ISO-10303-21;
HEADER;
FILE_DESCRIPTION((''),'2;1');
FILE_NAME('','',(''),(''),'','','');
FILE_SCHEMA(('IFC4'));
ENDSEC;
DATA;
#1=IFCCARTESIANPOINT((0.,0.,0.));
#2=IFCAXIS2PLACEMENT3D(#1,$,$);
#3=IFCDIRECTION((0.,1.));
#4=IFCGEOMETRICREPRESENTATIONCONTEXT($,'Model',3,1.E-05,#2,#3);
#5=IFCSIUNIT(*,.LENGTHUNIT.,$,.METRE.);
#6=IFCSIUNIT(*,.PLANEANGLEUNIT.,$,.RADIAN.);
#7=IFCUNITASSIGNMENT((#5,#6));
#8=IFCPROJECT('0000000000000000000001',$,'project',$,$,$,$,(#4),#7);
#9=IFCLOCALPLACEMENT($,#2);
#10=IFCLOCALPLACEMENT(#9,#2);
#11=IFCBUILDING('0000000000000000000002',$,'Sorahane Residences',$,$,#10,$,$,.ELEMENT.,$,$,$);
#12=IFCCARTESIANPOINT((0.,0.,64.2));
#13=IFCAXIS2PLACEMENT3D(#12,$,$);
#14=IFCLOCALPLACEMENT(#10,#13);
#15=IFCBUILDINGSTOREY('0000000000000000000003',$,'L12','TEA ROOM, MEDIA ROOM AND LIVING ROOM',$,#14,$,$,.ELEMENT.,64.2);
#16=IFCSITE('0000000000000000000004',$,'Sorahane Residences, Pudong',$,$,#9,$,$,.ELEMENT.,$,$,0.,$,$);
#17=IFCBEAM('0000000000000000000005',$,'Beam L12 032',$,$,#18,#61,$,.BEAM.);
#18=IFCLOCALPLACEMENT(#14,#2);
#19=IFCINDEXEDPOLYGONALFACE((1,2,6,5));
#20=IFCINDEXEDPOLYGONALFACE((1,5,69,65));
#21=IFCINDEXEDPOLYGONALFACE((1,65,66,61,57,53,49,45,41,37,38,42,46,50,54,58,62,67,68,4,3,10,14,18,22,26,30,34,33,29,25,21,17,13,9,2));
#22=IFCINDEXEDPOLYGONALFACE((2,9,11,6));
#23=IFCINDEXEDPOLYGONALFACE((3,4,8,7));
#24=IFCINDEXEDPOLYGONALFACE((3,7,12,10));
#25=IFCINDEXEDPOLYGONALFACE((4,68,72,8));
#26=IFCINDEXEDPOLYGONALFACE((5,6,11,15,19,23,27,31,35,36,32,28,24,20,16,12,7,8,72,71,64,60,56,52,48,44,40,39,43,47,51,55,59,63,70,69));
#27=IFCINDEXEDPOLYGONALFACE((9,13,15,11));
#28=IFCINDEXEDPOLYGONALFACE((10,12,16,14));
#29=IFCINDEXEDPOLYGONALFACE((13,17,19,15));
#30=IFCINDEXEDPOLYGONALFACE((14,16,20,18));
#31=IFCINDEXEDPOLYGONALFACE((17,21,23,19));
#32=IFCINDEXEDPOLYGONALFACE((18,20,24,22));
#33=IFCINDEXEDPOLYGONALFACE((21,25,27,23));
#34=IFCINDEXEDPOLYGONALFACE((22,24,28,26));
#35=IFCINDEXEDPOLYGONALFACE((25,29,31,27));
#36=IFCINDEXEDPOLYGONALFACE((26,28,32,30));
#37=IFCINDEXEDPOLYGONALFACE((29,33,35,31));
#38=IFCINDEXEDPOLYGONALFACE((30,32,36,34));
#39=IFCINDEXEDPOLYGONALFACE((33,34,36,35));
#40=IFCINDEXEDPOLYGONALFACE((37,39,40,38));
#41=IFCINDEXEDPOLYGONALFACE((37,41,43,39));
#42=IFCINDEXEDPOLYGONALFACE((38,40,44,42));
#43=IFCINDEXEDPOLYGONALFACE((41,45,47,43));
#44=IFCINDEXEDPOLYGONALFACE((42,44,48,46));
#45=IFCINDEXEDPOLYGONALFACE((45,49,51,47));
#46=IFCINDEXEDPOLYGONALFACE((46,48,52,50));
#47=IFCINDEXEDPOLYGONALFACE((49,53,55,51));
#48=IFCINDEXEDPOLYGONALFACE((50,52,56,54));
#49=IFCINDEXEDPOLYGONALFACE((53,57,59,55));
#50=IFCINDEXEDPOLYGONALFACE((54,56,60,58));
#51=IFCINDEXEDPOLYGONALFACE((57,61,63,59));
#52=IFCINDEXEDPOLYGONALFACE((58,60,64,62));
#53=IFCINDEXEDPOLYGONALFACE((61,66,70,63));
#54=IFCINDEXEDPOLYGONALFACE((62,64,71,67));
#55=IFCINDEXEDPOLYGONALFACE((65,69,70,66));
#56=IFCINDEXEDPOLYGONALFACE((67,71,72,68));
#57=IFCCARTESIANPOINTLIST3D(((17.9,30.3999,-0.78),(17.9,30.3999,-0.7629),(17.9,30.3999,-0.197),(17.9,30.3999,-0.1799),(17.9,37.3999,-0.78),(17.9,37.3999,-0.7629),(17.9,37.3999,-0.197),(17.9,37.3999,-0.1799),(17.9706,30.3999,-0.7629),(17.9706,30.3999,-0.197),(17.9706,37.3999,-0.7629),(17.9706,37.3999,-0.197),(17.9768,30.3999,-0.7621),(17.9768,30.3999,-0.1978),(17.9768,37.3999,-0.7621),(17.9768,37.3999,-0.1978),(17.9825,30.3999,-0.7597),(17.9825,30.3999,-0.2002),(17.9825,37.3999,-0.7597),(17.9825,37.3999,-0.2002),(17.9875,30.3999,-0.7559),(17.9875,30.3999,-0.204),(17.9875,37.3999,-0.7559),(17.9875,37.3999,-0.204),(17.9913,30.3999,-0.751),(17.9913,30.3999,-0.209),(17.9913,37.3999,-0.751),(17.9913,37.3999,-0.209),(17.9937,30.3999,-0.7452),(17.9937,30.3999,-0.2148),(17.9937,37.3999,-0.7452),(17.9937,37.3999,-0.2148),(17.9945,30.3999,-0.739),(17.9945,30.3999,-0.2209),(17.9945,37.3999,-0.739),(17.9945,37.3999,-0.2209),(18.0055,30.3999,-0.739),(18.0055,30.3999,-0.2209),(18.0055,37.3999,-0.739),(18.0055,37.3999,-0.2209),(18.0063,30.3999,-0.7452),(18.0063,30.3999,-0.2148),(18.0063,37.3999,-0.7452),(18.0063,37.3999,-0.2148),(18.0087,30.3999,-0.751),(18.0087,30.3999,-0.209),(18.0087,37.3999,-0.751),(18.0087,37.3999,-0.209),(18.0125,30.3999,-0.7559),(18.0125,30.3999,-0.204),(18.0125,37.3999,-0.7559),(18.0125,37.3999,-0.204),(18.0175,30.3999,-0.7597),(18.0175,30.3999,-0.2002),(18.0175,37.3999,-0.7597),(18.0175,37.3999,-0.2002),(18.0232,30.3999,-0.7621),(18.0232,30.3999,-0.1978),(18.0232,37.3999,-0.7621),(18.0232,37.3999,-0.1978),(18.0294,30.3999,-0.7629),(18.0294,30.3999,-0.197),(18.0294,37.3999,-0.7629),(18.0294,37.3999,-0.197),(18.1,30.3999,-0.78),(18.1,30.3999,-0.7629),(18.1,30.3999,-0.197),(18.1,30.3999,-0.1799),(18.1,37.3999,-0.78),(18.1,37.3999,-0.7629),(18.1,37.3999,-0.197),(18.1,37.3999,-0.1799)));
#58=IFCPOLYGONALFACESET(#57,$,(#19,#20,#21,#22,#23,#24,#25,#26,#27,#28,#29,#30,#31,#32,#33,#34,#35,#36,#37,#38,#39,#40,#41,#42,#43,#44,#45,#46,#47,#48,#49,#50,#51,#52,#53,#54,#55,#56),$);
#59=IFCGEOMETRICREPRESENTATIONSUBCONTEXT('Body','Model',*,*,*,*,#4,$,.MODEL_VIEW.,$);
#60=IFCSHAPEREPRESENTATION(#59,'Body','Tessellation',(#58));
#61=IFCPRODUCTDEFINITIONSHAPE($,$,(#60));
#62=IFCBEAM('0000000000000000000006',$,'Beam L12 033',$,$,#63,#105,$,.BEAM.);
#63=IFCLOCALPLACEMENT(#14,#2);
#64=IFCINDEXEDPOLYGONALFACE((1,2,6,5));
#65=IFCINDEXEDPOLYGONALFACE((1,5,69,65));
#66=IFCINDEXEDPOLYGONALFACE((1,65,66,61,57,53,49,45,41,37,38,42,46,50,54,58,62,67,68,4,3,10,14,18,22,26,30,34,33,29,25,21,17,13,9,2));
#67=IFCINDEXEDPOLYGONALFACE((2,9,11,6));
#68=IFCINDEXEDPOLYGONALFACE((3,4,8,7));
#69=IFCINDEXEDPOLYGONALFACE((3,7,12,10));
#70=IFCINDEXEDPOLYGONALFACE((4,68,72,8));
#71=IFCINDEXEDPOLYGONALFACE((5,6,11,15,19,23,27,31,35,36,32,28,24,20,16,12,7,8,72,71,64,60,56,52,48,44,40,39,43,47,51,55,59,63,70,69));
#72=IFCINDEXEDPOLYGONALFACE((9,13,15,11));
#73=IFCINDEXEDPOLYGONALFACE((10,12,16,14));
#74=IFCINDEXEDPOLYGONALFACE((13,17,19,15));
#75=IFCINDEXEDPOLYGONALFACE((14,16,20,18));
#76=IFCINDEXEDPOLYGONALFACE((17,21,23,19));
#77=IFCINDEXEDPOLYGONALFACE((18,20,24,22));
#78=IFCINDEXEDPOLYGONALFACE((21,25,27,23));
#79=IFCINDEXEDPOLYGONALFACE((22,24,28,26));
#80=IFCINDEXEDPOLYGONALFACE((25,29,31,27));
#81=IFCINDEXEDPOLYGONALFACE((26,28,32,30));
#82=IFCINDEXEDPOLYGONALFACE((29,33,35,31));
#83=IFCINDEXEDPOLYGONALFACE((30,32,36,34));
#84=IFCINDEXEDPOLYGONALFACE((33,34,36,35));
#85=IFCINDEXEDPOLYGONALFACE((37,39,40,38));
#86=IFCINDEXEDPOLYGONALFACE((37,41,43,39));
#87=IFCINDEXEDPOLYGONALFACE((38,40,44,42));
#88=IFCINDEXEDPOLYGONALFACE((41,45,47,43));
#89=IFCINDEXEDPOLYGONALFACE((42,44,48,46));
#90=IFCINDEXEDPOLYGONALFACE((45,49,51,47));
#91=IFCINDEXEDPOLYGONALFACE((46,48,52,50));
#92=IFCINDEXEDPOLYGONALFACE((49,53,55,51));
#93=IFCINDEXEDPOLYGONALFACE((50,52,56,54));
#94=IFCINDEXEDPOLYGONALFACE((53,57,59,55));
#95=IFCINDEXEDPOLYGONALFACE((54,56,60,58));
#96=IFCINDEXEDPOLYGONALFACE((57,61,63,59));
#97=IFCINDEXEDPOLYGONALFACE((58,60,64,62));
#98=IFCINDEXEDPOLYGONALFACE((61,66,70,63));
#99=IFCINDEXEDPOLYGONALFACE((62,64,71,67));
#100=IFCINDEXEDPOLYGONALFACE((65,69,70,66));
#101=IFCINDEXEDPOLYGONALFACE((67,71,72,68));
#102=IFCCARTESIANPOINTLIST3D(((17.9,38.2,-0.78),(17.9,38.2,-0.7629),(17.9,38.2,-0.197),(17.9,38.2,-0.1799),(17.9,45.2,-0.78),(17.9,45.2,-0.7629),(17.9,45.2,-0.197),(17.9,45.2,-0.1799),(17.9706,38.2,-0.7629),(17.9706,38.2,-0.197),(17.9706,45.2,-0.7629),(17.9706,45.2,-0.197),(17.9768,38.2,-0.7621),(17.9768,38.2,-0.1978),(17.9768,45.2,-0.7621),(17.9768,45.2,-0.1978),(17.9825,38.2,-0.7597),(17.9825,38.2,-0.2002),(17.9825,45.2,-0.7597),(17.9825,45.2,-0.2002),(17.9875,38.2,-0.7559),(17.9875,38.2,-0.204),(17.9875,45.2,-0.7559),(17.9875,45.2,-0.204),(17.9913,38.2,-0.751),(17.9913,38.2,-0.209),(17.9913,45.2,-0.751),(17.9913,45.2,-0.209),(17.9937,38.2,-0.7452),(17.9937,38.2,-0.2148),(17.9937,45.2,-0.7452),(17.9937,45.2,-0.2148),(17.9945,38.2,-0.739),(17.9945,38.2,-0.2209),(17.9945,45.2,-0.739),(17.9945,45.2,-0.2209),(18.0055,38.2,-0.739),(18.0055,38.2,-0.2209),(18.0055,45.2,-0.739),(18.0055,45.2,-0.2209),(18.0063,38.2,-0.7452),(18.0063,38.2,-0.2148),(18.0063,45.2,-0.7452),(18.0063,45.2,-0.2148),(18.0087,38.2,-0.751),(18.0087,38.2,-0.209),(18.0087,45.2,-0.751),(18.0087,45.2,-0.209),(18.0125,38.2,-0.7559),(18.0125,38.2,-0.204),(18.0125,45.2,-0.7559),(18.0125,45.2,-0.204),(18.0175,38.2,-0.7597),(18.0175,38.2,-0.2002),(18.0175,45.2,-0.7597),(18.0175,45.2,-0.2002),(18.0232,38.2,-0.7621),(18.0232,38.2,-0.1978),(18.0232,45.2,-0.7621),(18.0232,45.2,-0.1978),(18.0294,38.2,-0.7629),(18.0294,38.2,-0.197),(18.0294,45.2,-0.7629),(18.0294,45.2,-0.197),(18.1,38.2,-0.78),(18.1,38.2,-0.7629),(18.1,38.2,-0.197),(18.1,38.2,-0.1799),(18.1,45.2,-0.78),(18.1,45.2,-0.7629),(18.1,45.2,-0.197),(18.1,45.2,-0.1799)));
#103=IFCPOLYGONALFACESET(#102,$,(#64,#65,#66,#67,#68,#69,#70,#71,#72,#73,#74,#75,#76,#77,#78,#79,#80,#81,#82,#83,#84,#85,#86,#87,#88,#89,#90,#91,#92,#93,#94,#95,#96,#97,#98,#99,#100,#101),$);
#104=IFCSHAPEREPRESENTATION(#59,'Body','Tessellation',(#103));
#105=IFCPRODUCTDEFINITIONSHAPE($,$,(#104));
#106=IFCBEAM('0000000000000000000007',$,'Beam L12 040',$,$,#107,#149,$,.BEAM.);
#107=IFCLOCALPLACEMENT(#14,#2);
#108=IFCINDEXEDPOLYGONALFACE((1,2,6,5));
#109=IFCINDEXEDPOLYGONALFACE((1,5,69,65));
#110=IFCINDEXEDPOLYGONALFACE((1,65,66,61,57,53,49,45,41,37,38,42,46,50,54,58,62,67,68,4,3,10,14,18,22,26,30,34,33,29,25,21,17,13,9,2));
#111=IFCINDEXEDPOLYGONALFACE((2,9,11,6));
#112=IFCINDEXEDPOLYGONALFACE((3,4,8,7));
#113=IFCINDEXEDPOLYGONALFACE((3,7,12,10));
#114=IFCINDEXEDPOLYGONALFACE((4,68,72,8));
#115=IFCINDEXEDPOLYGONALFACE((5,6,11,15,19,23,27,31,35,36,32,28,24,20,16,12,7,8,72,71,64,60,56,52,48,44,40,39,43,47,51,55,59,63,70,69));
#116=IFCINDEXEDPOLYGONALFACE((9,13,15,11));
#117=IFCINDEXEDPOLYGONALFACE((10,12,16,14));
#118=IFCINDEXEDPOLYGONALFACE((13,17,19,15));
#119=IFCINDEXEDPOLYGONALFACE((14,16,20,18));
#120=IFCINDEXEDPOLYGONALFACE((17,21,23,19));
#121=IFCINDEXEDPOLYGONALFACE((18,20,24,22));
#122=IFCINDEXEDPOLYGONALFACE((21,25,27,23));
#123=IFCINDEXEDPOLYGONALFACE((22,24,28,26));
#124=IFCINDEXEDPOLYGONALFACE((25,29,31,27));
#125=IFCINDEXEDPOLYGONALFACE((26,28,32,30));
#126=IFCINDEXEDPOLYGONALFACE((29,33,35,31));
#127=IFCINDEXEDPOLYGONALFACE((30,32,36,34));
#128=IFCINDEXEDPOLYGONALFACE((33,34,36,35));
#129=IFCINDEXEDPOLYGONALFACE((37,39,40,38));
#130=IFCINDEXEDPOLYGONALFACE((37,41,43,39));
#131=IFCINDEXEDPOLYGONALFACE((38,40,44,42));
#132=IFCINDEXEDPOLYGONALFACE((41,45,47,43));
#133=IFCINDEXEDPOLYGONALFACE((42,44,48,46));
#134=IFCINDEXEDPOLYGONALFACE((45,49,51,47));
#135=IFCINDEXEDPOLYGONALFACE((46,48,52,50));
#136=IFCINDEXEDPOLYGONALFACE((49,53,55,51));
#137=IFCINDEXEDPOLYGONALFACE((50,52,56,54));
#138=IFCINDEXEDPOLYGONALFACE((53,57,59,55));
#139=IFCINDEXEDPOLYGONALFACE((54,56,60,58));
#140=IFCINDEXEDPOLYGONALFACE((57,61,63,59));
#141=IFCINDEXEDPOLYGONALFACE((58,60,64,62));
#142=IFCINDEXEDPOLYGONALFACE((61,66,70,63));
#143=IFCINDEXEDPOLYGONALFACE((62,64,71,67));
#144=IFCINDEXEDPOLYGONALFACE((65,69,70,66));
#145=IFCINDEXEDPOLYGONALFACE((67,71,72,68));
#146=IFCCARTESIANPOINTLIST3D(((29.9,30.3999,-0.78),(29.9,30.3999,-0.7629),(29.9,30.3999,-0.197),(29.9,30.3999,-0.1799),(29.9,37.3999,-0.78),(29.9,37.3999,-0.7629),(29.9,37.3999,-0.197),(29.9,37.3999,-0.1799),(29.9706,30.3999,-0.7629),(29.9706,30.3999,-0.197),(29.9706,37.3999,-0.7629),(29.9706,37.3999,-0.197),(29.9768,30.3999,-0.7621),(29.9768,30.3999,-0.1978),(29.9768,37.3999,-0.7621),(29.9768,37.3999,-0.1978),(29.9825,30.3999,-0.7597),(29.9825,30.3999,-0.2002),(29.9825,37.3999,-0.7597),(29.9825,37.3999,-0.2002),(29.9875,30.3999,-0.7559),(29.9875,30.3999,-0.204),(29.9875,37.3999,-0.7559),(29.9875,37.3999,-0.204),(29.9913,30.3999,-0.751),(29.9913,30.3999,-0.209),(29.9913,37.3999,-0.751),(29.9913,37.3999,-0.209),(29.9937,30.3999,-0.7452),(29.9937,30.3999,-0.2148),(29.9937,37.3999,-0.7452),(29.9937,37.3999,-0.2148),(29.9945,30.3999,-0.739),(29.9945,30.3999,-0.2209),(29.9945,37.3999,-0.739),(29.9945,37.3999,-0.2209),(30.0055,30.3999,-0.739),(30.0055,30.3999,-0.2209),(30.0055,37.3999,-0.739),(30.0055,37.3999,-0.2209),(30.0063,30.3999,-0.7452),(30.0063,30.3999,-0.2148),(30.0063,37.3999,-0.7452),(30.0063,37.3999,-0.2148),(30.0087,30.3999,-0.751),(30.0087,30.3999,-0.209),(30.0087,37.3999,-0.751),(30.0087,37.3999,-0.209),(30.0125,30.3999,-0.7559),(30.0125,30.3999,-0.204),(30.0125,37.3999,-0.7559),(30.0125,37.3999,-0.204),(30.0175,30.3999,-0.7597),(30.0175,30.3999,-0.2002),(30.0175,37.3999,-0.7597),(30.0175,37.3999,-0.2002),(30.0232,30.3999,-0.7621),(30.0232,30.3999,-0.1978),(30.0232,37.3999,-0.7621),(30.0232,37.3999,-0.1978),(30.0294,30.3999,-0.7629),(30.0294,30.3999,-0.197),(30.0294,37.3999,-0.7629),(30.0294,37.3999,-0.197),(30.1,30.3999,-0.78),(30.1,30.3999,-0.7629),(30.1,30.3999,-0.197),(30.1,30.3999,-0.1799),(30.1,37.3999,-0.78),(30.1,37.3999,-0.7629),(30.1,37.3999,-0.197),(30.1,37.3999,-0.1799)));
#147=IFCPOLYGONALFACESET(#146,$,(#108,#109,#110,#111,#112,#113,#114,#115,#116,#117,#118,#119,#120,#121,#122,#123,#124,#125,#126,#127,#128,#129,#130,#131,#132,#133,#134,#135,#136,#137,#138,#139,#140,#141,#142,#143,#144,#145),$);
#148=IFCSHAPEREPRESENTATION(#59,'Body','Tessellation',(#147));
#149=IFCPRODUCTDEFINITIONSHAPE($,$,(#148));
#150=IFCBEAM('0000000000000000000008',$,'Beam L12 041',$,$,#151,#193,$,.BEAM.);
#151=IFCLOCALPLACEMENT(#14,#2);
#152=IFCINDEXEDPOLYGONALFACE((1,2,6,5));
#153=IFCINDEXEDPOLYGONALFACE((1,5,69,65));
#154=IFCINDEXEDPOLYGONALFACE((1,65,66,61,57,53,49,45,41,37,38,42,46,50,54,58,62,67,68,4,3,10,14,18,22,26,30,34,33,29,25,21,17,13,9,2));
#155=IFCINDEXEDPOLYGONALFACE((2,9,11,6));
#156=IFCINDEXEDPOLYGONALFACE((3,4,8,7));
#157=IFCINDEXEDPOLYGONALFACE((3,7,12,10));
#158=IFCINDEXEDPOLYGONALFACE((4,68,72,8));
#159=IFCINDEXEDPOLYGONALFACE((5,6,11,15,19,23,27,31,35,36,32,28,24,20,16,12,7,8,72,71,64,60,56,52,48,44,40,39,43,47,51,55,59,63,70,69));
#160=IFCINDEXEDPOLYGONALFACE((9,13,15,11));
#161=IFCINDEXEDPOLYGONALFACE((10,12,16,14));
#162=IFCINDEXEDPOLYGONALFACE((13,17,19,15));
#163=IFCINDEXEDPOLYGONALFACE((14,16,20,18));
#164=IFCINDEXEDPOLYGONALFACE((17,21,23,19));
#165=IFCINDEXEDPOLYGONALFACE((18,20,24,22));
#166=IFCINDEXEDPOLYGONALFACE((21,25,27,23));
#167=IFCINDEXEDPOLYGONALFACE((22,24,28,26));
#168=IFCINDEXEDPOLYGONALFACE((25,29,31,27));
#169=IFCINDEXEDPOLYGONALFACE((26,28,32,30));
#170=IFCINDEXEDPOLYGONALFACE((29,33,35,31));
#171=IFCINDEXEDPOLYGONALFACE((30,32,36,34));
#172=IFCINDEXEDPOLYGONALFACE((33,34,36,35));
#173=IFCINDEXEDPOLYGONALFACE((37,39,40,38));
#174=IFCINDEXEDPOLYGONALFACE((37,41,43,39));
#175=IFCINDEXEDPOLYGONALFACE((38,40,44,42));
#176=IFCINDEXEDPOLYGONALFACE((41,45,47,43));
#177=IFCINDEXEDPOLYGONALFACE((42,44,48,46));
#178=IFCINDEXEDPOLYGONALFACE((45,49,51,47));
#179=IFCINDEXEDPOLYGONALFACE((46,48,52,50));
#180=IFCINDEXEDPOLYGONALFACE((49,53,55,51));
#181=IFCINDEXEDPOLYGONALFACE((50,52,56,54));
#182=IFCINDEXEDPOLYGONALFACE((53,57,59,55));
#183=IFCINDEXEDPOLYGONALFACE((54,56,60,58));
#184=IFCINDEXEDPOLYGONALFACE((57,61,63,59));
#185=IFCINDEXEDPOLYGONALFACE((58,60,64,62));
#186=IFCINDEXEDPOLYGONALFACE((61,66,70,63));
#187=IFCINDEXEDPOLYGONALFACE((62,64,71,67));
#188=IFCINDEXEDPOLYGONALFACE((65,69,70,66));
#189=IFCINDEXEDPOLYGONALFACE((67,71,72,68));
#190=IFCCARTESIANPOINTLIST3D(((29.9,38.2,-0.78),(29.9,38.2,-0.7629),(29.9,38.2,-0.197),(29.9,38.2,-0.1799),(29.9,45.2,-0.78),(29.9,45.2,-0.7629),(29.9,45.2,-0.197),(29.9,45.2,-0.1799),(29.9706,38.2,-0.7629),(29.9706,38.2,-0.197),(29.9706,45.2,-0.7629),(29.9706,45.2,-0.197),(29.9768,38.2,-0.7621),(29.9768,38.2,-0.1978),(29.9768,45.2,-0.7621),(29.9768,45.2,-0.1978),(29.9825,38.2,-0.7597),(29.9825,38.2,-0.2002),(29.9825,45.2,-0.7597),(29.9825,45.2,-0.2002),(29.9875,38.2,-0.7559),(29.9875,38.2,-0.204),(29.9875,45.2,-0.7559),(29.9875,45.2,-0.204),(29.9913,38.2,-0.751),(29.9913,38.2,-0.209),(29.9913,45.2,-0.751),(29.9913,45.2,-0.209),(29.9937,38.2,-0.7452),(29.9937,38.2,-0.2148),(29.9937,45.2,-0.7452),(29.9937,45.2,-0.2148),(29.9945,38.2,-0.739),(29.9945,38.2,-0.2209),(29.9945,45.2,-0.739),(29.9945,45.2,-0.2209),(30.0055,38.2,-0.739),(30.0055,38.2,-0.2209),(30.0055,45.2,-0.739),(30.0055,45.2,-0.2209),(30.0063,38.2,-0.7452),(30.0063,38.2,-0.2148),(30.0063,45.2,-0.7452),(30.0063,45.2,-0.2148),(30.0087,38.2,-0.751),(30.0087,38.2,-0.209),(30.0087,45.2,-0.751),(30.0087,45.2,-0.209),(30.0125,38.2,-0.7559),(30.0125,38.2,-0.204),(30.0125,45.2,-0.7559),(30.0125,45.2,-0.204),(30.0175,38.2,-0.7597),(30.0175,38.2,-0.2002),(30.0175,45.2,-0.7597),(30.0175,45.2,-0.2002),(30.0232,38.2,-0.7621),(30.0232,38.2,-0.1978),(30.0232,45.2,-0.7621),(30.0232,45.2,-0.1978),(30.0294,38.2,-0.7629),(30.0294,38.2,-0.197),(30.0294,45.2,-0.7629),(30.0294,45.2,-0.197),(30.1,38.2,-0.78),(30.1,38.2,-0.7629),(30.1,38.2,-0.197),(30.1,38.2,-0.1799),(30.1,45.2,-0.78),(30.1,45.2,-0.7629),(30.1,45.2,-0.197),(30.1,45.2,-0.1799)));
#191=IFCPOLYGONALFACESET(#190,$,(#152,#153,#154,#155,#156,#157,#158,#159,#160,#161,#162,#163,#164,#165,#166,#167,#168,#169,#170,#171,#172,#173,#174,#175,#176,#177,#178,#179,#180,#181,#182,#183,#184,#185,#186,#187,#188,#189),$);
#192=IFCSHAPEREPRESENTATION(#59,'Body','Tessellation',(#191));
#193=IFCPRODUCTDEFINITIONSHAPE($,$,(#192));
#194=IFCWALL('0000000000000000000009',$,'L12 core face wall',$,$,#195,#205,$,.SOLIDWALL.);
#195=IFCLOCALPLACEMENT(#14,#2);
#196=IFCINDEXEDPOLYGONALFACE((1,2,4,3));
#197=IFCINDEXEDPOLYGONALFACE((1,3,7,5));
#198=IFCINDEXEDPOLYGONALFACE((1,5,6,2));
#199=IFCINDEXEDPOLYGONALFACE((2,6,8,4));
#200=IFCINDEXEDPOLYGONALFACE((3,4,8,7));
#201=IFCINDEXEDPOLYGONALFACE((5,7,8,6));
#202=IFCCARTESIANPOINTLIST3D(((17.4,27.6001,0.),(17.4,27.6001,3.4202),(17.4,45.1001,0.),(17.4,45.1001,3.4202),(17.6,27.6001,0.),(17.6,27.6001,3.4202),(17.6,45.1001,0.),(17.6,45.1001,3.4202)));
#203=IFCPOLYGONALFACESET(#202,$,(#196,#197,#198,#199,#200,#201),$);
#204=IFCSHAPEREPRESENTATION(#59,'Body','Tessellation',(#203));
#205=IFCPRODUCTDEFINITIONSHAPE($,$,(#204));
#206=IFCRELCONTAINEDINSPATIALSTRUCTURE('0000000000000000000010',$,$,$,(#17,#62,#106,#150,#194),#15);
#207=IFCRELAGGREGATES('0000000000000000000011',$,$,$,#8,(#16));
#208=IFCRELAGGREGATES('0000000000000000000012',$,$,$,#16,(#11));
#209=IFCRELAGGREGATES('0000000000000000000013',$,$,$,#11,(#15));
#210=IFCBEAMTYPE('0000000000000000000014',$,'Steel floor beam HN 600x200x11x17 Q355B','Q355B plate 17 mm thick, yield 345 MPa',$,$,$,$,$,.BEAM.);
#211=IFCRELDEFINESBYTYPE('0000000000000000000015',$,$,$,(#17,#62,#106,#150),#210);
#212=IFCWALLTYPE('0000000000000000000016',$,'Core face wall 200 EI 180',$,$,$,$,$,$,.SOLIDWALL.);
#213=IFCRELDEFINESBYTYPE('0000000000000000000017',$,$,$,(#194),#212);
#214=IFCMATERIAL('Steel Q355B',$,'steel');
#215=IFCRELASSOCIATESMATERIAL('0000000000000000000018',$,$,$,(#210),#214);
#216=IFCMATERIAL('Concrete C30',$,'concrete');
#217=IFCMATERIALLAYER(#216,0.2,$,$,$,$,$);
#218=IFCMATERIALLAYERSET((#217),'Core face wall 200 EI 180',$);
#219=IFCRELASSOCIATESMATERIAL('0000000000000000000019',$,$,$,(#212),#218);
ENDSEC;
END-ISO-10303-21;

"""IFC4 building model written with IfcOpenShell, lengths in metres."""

from ifc_helpers import new_model, si_unit, direction, frame, frame_2d, origin, origin_2d, place, context, subcontext, project, spatial, rectangle, i_section, extrude, material, layer, layer_set, material_profile, profile_set, type_object, element, save


model = new_model("IFC4")

# Units and contexts
model_context = context("Model", 3, precision=1e-05, world=origin(), true_north=direction((0.0, 1.0)))
body_context = subcontext(model_context, "Body", "Model", "MODEL_VIEW")
ifc_project = project(units=[si_unit("LENGTHUNIT", "METRE"), si_unit("PLANEANGLEUNIT", "RADIAN")], contexts=[model_context])

# Site, building, storey
site_placement = place(None, origin())
site = spatial("IfcSite", under=ifc_project, at=site_placement, Name="Sorahane Residences, Pudong", CompositionType="ELEMENT", RefElevation=0.0)
building_placement = place(site_placement, origin())
building = spatial("IfcBuilding", under=site, at=building_placement, Name="Sorahane Residences", CompositionType="ELEMENT")
storey_placement = place(building_placement, frame((0.0, 0.0, 64.2)))
storey = spatial("IfcBuildingStorey", under=building, at=storey_placement, Name="L12", Description="TEA ROOM, MEDIA ROOM AND LIVING ROOM", CompositionType="ELEMENT", Elevation=64.2)

# Beams
ifc_material_1 = material(Name="Steel Q355B", Category="steel")
ifc_material_profile_1 = material_profile(ifc_material_1, i_section(OverallWidth=0.2, OverallDepth=0.6001, WebThickness=0.011, FlangeThickness=0.0171, FilletRadius=0.0239, at=origin_2d()), Name="HN 600x200x11x17")
ifc_profile_set_1 = profile_set([ifc_material_profile_1], Name="Steel Q355B")
beam_type = type_object("IfcBeamType", Name="Steel floor beam HN 600x200x11x17 Q355B", Description="Q355B plate 17 mm thick, yield 345 MPa", PredefinedType="BEAM", material=ifc_profile_set_1)
for number, where, z_axis, x_axis, name in (
    (1, (18.0, 30.3999, -0.48), (0.0, 1.0, 0.0), (-1.0, 0.0, 0.0), "Beam L12 032"),
    (2, (18.0, 38.2, -0.48), (0.0, 1.0, 0.0), (-1.0, 0.0, 0.0), "Beam L12 033"),
    (3, (30.0, 30.3999, -0.48), (0.0, 1.0, 0.0), (-1.0, 0.0, 0.0), "Beam L12 040"),
    (4, (30.0, 38.2, -0.48), (0.0, 1.0, 0.0), (-1.0, 0.0, 0.0), "Beam L12 041"),
):
    element("IfcBeam", number, at=place(storey_placement, frame(where, z_axis=z_axis, x_axis=x_axis)), inside=storey, type_object=beam_type, Name=name, PredefinedType="BEAM", context=body_context, shape_type="SweptSolid", body=[
        extrude(i_section(OverallWidth=0.2, OverallDepth=0.6001, WebThickness=0.011, FlangeThickness=0.0171, FilletRadius=0.0239, at=origin_2d()), origin(), (0.0, 0.0, 1.0), 7.0),
    ])

# Wall
ifc_material_2 = material(Name="Concrete C30", Category="concrete")
ifc_layer_1 = layer(ifc_material_2, 0.2)
ifc_layer_set_1 = layer_set([ifc_layer_1], Name="Core face wall 200 EI 180")
wall_type_1 = type_object("IfcWallType", Name="Core face wall 200 EI 180", PredefinedType="SOLIDWALL", material=ifc_layer_set_1)
for number, where, z_axis, x_axis, name in (
    (5, (17.5, 27.6001, 0.0), (0.0, 0.0, 1.0), (0.0, 1.0, 0.0), "L12 core face wall"),
):
    element("IfcWall", number, at=place(storey_placement, frame(where, z_axis=z_axis, x_axis=x_axis)), inside=storey, type_object=wall_type_1, Name=name, PredefinedType="SOLIDWALL", context=body_context, shape_type="SweptSolid", body=[
        extrude(rectangle(XDim=17.5, YDim=0.2, at=frame_2d((8.75, 0.0))), origin(), (0.0, 0.0, 1.0), 3.4202),
    ])

save(model, "model.ifc")
